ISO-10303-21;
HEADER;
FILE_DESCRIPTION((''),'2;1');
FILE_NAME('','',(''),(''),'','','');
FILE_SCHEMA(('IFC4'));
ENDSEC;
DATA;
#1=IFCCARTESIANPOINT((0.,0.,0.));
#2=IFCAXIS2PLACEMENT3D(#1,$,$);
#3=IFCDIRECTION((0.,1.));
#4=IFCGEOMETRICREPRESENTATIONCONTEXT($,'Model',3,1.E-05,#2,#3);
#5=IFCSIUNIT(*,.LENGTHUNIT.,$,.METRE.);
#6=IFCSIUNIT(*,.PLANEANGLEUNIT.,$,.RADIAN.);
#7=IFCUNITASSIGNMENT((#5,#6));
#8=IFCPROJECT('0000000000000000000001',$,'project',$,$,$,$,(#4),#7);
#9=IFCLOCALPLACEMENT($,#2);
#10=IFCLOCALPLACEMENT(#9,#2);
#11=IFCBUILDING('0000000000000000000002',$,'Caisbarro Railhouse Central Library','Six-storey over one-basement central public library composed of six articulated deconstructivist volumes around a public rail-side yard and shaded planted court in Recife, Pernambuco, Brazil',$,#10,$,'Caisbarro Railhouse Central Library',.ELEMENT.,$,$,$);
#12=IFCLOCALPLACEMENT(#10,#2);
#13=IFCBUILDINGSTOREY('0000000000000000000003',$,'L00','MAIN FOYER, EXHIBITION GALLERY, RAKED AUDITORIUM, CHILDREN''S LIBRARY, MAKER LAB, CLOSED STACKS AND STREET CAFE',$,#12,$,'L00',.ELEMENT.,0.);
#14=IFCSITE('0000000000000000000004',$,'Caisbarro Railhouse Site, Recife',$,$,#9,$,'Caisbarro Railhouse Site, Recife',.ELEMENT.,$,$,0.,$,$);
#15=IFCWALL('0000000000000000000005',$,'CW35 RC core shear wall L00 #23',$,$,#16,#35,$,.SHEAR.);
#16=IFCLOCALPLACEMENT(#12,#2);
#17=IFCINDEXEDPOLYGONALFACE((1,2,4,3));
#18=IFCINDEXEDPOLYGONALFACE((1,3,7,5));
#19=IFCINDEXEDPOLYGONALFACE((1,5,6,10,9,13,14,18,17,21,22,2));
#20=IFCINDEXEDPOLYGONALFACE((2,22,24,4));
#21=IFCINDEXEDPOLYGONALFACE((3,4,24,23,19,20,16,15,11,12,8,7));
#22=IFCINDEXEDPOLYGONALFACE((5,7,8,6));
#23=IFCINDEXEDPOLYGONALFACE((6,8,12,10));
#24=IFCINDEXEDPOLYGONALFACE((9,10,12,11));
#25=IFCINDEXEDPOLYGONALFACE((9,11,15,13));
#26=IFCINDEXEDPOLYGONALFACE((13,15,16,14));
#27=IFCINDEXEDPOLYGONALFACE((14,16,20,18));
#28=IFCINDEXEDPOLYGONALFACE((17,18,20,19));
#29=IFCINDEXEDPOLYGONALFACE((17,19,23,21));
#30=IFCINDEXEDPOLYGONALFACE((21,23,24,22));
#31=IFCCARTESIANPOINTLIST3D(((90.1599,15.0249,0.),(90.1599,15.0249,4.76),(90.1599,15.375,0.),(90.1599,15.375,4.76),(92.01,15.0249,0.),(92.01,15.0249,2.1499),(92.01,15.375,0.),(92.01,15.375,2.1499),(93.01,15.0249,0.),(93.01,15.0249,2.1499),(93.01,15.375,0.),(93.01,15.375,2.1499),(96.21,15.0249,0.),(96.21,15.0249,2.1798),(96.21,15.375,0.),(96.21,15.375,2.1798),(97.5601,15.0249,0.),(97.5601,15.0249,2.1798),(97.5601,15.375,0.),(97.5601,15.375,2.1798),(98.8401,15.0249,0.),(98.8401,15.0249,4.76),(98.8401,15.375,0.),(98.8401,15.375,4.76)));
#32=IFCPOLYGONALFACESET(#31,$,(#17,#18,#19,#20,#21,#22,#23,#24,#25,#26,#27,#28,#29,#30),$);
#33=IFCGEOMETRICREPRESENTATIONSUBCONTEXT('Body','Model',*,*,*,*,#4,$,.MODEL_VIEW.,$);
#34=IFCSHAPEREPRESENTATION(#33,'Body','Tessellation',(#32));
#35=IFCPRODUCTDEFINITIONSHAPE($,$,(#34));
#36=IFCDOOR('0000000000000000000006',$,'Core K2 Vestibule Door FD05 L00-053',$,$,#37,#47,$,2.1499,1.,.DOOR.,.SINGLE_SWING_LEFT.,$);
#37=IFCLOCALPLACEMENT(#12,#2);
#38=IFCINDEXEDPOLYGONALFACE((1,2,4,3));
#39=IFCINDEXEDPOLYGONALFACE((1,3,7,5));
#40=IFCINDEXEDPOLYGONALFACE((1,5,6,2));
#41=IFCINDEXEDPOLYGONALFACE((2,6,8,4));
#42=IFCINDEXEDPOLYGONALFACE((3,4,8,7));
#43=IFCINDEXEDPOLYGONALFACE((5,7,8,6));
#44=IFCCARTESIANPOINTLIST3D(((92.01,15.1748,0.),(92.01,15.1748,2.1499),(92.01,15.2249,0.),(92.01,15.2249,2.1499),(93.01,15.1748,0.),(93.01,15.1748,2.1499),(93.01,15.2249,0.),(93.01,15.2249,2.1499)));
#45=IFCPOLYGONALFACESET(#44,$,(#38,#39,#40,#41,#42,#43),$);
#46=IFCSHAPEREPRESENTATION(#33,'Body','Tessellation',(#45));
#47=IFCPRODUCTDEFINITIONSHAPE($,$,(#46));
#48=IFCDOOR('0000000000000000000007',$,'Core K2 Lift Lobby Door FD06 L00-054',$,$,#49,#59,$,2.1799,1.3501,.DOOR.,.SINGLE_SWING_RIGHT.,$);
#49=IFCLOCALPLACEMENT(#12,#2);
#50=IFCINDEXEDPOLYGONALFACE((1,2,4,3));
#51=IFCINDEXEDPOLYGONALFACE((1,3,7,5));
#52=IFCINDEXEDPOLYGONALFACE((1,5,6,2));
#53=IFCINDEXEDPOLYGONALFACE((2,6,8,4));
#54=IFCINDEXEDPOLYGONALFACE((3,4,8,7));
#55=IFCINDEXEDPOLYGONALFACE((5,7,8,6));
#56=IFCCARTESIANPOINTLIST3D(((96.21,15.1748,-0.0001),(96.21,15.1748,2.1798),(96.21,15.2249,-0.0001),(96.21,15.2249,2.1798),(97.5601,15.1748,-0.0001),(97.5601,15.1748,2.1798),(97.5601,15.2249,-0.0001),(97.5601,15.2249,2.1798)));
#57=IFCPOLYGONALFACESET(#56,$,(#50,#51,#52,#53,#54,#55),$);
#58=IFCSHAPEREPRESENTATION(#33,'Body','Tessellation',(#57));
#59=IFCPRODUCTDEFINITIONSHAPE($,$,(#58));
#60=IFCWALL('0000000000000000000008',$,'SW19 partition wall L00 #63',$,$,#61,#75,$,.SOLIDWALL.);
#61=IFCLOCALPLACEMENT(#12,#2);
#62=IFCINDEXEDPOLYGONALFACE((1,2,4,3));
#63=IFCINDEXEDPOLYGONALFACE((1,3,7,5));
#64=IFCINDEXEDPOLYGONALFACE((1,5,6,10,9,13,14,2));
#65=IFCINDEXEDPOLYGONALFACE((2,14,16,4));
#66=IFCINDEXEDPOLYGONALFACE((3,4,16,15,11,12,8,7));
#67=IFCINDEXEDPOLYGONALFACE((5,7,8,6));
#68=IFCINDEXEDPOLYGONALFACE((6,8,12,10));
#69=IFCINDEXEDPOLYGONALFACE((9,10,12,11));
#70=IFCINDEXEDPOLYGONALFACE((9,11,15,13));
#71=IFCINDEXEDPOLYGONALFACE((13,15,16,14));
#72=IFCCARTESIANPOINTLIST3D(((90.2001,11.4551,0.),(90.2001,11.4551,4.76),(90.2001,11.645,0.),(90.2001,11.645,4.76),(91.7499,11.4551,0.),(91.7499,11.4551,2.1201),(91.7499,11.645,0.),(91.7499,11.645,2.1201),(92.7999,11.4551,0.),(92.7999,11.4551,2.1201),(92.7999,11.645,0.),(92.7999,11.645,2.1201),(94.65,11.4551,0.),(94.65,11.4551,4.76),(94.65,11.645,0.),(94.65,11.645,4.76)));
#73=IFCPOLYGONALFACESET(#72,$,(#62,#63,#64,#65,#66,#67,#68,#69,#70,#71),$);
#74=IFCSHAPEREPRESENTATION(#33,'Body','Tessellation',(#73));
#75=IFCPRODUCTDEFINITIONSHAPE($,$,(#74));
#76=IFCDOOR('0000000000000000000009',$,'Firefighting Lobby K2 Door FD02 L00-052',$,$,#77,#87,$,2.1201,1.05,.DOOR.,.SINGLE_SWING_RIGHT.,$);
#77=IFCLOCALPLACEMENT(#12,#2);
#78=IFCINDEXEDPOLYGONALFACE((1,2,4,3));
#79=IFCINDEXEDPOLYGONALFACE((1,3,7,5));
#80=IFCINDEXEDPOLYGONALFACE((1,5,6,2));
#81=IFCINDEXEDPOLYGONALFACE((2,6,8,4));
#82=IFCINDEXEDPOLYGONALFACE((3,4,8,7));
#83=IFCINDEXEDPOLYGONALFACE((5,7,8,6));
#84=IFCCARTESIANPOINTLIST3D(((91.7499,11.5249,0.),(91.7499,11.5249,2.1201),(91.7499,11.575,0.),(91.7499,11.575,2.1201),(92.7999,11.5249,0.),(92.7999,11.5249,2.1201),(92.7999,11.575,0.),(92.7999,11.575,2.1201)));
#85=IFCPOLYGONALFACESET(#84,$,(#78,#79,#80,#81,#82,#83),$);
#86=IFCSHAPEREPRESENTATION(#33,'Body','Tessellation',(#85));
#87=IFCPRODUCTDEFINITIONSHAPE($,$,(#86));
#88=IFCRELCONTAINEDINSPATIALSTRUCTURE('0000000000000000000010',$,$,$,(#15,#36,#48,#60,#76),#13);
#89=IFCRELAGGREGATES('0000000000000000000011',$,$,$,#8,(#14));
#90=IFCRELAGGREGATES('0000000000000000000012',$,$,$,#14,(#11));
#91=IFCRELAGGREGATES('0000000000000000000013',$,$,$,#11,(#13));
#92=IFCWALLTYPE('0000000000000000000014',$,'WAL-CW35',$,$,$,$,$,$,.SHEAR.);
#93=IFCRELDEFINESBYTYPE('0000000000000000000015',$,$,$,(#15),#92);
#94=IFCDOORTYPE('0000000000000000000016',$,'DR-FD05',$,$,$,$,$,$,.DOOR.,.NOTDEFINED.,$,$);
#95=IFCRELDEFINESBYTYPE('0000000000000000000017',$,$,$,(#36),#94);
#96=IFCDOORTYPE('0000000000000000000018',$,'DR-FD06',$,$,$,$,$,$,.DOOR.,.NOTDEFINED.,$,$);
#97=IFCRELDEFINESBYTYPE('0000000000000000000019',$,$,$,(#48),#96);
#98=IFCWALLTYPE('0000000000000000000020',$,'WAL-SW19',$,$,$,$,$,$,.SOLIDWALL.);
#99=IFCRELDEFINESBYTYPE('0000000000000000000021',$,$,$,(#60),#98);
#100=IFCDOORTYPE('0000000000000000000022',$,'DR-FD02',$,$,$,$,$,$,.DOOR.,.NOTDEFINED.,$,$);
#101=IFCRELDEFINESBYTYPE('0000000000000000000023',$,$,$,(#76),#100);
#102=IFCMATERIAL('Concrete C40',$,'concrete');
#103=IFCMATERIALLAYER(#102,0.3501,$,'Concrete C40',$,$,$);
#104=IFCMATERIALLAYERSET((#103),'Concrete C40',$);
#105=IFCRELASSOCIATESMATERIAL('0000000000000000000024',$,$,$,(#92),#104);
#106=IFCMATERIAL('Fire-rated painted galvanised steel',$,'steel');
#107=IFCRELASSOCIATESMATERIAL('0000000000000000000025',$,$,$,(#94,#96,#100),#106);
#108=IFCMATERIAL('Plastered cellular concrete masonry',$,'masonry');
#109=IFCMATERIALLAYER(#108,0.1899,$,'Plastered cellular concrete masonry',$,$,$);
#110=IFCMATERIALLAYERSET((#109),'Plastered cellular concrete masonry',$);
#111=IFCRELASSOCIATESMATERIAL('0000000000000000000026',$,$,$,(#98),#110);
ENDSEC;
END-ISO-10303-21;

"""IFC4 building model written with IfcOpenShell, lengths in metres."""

from ifc_helpers import new_model, si_unit, direction, frame, frame_2d, origin, place, context, subcontext, project, spatial, rectangle, extrude, material, layer, layer_set, type_object, element, fill, save


model = new_model("IFC4")

# Units and contexts
model_context = context("Model", 3, precision=1e-05, world=origin(), true_north=direction((0.0, 1.0)))
body_context = subcontext(model_context, "Body", "Model", "MODEL_VIEW")
ifc_project = project(units=[si_unit("LENGTHUNIT", "METRE"), si_unit("PLANEANGLEUNIT", "RADIAN")], contexts=[model_context])

# Site, building, storey
site_placement = place(None, origin())
site = spatial("IfcSite", under=ifc_project, at=site_placement, Name="Caisbarro Railhouse Site, Recife", LongName="Caisbarro Railhouse Site, Recife", CompositionType="ELEMENT", RefElevation=0.0)
building_placement = place(site_placement, origin())
building = spatial("IfcBuilding", under=site, at=building_placement, Name="Caisbarro Railhouse Central Library", Description="Six-storey over one-basement central public library composed of six articulated deconstructivist volumes around a public rail-side yard and shaded planted court in Recife, Pernambuco, Brazil", LongName="Caisbarro Railhouse Central Library", CompositionType="ELEMENT")
storey_placement = place(building_placement, origin())
storey = spatial("IfcBuildingStorey", under=building, at=storey_placement, Name="L00", Description="MAIN FOYER, EXHIBITION GALLERY, RAKED AUDITORIUM, CHILDREN'S LIBRARY, MAKER LAB, CLOSED STACKS AND STREET CAFE", LongName="L00", CompositionType="ELEMENT", Elevation=0.0)

# Wall, openings, doors
ifc_material_1 = material(Name="Concrete C40", Category="concrete")
ifc_layer_1 = layer(ifc_material_1, 0.3501, Name="Concrete C40")
ifc_layer_set_1 = layer_set([ifc_layer_1], Name="Concrete C40")
wall_type_1 = type_object("IfcWallType", Name="WAL-CW35", PredefinedType="SHEAR", material=ifc_layer_set_1)
wall_1_placement = place(storey_placement, frame((90.1599, 15.2, 0.0), z_axis=(0.0, 0.0, 1.0), x_axis=(1.0, 0.0, 0.0)))
wall_1 = element("IfcWall", 1, at=wall_1_placement, inside=storey, type_object=wall_type_1, Name="CW35 RC core shear wall L00 #23", PredefinedType="SHEAR", context=body_context, shape_type="SweptSolid", body=[
    extrude(rectangle(XDim=8.6802, YDim=0.3501, at=frame_2d((4.3401, 0.0))), origin(), (0.0, 0.0, 1.0), 4.76),
])
opening_1_placement = place(wall_1_placement, frame((1.8501, 0.0, 0.0)))
opening_1 = element("IfcOpeningElement", 2, at=opening_1_placement, cuts=wall_1, PredefinedType="OPENING", context=body_context, shape_type="SweptSolid", body=[
    extrude(rectangle(XDim=1.0, YDim=2.1499, at=frame_2d((0.5, 1.075))), frame((0.0, 0.1851, 0.0), z_axis=(0.0, -1.0, 0.0), x_axis=(1.0, 0.0, 0.0)), (0.0, 0.0, 1.0), 0.3701),
])
opening_2_placement = place(wall_1_placement, frame((6.05, 0.0, 0.0)))
opening_2 = element("IfcOpeningElement", 3, at=opening_2_placement, cuts=wall_1, PredefinedType="OPENING", context=body_context, shape_type="SweptSolid", body=[
    extrude(rectangle(XDim=1.3501, YDim=2.1799, at=frame_2d((0.675, 1.0898))), frame((0.0, 0.1851, 0.0), z_axis=(0.0, -1.0, 0.0), x_axis=(1.0, 0.0, 0.0)), (0.0, 0.0, 1.0), 0.3701),
])
ifc_material_2 = material(Name="Fire-rated painted galvanised steel", Category="steel")
door_type_1 = type_object("IfcDoorType", Name="DR-FD05", OperationType="NOTDEFINED", PredefinedType="DOOR", material=ifc_material_2)
door_1_placement = place(opening_1_placement, origin())
door_1 = element("IfcDoor", 4, at=door_1_placement, inside=storey, type_object=door_type_1, Name="Core K2 Vestibule Door FD05 L00-053", OperationType="SINGLE_SWING_LEFT", OverallHeight=2.1499, OverallWidth=1.0, PredefinedType="DOOR", context=body_context, shape_type="SweptSolid", body=[
    extrude(rectangle(XDim=1.0, YDim=2.1499, at=frame_2d((0.5, 1.075))), frame((0.0, 0.0249, 0.0), z_axis=(0.0, -1.0, 0.0), x_axis=(1.0, 0.0, 0.0)), (0.0, 0.0, 1.0), 0.05),
])
fill(opening_1, door_1)
door_type_2 = type_object("IfcDoorType", Name="DR-FD06", OperationType="NOTDEFINED", PredefinedType="DOOR", material=ifc_material_2)
door_2_placement = place(opening_2_placement, origin())
door_2 = element("IfcDoor", 5, at=door_2_placement, inside=storey, type_object=door_type_2, Name="Core K2 Lift Lobby Door FD06 L00-054", OperationType="SINGLE_SWING_RIGHT", OverallHeight=2.1799, OverallWidth=1.3501, PredefinedType="DOOR", context=body_context, shape_type="SweptSolid", body=[
    extrude(rectangle(XDim=1.3501, YDim=2.1799, at=frame_2d((0.675, 1.0898))), frame((0.0, 0.0249, 0.0), z_axis=(0.0, -1.0, 0.0), x_axis=(1.0, 0.0, 0.0)), (0.0, 0.0, 1.0), 0.05),
])
fill(opening_2, door_2)

# Wall, opening, door
ifc_material_3 = material(Name="Plastered cellular concrete masonry", Category="masonry")
ifc_layer_2 = layer(ifc_material_3, 0.1899, Name="Plastered cellular concrete masonry")
ifc_layer_set_2 = layer_set([ifc_layer_2], Name="Plastered cellular concrete masonry")
wall_type_2 = type_object("IfcWallType", Name="WAL-SW19", PredefinedType="SOLIDWALL", material=ifc_layer_set_2)
wall_2_placement = place(storey_placement, frame((90.2, 11.55, 0.0), z_axis=(0.0, 0.0, 1.0), x_axis=(1.0, 0.0, 0.0)))
wall_2 = element("IfcWall", 6, at=wall_2_placement, inside=storey, type_object=wall_type_2, Name="SW19 partition wall L00 #63", PredefinedType="SOLIDWALL", context=body_context, shape_type="SweptSolid", body=[
    extrude(rectangle(XDim=4.45, YDim=0.1899, at=frame_2d((2.2251, 0.0))), origin(), (0.0, 0.0, 1.0), 4.76),
])
opening_3_placement = place(wall_2_placement, frame((1.55, 0.0, 0.0)))
opening_3 = element("IfcOpeningElement", 7, at=opening_3_placement, cuts=wall_2, PredefinedType="OPENING", context=body_context, shape_type="SweptSolid", body=[
    extrude(rectangle(XDim=1.05, YDim=2.1201, at=frame_2d((0.5249, 1.0601))), frame((0.0, 0.105, 0.0), z_axis=(0.0, -1.0, 0.0), x_axis=(1.0, 0.0, 0.0)), (0.0, 0.0, 1.0), 0.21),
])
door_type_3 = type_object("IfcDoorType", Name="DR-FD02", OperationType="NOTDEFINED", PredefinedType="DOOR", material=ifc_material_2)
door_3_placement = place(opening_3_placement, origin())
door_3 = element("IfcDoor", 8, at=door_3_placement, inside=storey, type_object=door_type_3, Name="Firefighting Lobby K2 Door FD02 L00-052", OperationType="SINGLE_SWING_RIGHT", OverallHeight=2.1201, OverallWidth=1.05, PredefinedType="DOOR", context=body_context, shape_type="SweptSolid", body=[
    extrude(rectangle(XDim=1.05, YDim=2.1201, at=frame_2d((0.5249, 1.0601))), frame((0.0, 0.0249, 0.0), z_axis=(0.0, -1.0, 0.0), x_axis=(1.0, 0.0, 0.0)), (0.0, 0.0, 1.0), 0.05),
])
fill(opening_3, door_3)

save(model, "model.ifc")
